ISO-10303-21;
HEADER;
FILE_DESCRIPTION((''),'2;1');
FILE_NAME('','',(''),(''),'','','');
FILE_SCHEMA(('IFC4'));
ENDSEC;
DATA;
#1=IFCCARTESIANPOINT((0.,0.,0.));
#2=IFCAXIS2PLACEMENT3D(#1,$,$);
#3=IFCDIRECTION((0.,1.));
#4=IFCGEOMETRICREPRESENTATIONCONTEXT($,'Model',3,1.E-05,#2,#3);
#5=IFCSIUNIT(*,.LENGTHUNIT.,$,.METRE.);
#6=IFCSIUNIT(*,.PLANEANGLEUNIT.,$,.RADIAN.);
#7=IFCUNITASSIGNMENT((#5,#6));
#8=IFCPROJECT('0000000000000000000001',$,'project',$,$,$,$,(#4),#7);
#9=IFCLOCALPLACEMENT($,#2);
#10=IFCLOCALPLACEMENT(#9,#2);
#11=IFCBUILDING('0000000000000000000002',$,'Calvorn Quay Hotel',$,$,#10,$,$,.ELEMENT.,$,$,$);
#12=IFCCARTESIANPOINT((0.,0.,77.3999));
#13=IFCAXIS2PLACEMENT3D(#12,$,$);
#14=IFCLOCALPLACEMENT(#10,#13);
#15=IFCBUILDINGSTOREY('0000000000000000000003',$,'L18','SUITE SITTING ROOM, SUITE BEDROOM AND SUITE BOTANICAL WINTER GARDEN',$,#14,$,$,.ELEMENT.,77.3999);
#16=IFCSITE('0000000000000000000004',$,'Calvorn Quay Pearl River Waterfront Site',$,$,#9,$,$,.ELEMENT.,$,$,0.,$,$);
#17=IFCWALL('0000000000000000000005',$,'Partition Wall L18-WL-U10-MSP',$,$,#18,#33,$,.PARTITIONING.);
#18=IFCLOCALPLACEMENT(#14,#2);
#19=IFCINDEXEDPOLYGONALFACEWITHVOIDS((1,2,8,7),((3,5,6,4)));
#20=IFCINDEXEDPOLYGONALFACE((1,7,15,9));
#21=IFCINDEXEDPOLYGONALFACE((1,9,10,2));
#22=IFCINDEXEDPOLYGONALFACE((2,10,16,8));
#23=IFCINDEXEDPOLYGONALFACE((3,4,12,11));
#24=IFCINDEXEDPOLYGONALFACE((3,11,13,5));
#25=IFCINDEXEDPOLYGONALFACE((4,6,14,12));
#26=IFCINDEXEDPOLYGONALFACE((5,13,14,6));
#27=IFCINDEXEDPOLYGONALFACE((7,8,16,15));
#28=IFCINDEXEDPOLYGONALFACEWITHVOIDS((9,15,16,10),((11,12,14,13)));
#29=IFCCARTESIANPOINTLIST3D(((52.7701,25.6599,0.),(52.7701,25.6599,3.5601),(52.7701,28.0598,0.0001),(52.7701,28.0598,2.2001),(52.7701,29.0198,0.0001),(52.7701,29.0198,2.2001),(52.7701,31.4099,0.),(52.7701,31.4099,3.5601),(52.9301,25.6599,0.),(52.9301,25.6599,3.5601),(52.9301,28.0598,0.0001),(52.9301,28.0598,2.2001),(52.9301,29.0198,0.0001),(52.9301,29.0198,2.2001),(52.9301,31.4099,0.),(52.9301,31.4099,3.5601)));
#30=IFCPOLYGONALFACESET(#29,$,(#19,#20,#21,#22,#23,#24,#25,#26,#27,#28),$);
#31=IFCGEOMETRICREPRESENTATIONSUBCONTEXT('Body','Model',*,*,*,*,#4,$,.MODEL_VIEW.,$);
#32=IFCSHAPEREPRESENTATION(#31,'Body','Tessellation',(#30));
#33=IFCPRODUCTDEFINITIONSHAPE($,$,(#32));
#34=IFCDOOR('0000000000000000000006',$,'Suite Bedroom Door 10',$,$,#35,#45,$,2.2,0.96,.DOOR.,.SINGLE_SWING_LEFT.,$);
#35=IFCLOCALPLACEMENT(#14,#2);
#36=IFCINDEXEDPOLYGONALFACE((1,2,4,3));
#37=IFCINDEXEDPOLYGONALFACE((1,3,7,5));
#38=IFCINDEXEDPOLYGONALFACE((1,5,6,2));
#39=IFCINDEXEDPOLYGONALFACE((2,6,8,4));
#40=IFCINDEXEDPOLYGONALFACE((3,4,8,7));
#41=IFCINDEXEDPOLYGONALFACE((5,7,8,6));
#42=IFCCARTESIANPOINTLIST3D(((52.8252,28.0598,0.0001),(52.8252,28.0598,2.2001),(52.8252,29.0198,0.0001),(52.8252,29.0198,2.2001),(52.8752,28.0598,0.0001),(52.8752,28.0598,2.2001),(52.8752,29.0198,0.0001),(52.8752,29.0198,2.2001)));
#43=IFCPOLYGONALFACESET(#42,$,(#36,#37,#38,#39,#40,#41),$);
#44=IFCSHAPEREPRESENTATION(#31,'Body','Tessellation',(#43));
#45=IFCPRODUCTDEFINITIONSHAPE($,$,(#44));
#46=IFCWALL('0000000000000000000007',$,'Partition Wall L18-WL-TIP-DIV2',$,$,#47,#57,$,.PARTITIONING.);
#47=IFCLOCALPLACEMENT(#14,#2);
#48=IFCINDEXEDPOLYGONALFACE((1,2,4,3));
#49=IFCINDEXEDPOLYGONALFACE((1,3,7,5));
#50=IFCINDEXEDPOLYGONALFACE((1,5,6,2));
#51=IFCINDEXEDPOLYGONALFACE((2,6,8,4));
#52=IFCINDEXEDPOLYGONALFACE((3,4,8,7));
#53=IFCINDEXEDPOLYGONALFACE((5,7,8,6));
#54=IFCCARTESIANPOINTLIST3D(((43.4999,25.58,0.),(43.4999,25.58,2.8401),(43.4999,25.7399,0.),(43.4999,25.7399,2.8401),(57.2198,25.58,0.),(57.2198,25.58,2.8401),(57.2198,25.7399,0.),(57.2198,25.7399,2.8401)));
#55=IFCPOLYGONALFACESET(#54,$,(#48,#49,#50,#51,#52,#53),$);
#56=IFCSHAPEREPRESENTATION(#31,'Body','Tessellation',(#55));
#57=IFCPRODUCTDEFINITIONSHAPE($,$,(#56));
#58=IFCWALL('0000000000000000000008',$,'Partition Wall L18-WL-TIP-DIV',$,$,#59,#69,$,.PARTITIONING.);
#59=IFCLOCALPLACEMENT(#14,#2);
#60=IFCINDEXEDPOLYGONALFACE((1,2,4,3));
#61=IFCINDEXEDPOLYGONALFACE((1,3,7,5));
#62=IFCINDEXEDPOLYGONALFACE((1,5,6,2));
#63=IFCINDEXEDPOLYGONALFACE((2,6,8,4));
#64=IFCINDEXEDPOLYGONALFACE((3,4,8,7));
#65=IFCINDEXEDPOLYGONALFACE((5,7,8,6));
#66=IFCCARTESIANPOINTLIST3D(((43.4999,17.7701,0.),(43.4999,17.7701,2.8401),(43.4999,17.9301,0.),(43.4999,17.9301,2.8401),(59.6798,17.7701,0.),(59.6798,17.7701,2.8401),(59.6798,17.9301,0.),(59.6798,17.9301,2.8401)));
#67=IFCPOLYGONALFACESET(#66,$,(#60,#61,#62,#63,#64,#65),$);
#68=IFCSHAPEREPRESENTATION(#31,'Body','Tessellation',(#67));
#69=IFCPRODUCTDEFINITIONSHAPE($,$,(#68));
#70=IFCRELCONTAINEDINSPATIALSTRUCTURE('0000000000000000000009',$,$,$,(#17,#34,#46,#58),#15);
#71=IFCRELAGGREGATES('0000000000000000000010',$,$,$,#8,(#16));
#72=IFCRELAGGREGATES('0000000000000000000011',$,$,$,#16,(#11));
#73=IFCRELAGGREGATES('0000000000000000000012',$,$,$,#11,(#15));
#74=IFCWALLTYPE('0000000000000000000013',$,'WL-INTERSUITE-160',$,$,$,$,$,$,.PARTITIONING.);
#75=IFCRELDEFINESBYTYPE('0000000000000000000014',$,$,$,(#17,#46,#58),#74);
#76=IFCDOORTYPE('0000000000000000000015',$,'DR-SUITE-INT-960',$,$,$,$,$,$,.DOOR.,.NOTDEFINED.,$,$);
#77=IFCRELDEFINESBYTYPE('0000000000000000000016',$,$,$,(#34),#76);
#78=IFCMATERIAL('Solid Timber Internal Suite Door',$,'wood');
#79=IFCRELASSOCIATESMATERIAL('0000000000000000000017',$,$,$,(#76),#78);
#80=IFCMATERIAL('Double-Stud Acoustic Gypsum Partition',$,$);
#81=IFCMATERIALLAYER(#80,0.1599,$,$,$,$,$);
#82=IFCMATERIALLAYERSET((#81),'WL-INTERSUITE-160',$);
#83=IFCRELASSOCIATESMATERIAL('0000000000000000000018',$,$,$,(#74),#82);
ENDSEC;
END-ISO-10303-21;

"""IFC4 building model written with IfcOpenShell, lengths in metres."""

from ifc_helpers import new_model, si_unit, direction, frame, frame_2d, origin, place, context, subcontext, project, spatial, rectangle, extrude, material, layer, layer_set, type_object, element, fill, save


model = new_model("IFC4")

# Units and contexts
model_context = context("Model", 3, precision=1e-05, world=origin(), true_north=direction((0.0, 1.0)))
body_context = subcontext(model_context, "Body", "Model", "MODEL_VIEW")
ifc_project = project(units=[si_unit("LENGTHUNIT", "METRE"), si_unit("PLANEANGLEUNIT", "RADIAN")], contexts=[model_context])

# Site, building, storey
site_placement = place(None, origin())
site = spatial("IfcSite", under=ifc_project, at=site_placement, Name="Calvorn Quay Pearl River Waterfront Site", CompositionType="ELEMENT", RefElevation=0.0)
building_placement = place(site_placement, origin())
building = spatial("IfcBuilding", under=site, at=building_placement, Name="Calvorn Quay Hotel", CompositionType="ELEMENT")
storey_placement = place(building_placement, frame((0.0, 0.0, 77.3999)))
storey = spatial("IfcBuildingStorey", under=building, at=storey_placement, Name="L18", Description="SUITE SITTING ROOM, SUITE BEDROOM AND SUITE BOTANICAL WINTER GARDEN", CompositionType="ELEMENT", Elevation=77.3999)

# Shared definitions
ifc_material_1 = material(Name="Solid Timber Internal Suite Door", Category="wood")
door_type_1 = type_object("IfcDoorType", Name="DR-SUITE-INT-960", OperationType="NOTDEFINED", PredefinedType="DOOR", material=ifc_material_1)

# Wall, opening, door
ifc_material_2 = material(Name="Double-Stud Acoustic Gypsum Partition")
ifc_layer_1 = layer(ifc_material_2, 0.1599)
ifc_layer_set_1 = layer_set([ifc_layer_1], Name="WL-INTERSUITE-160")
wall_type_1 = type_object("IfcWallType", Name="WL-INTERSUITE-160", PredefinedType="PARTITIONING", material=ifc_layer_set_1)
wall_1_placement = place(storey_placement, frame((52.8501, 25.6599, 0.0), z_axis=(0.0, 0.0, 1.0), x_axis=(0.0, 1.0, 0.0)))
wall_1 = element("IfcWall", 1, at=wall_1_placement, inside=storey, type_object=wall_type_1, Name="Partition Wall L18-WL-U10-MSP", PredefinedType="PARTITIONING", context=body_context, shape_type="SweptSolid", body=[
    extrude(rectangle(XDim=5.75, YDim=0.1599, at=frame_2d((2.875, 0.0))), origin(), (0.0, 0.0, 1.0), 3.5601),
])
opening_1_placement = place(wall_1_placement, frame((2.3999, 0.0, 0.0)))
opening_1 = element("IfcOpeningElement", 2, at=opening_1_placement, cuts=wall_1, PredefinedType="OPENING", context=body_context, shape_type="SweptSolid", body=[
    extrude(rectangle(XDim=0.96, YDim=2.2, at=frame_2d((0.48, 1.1001))), frame((0.0, 0.0898, 0.0), z_axis=(0.0, -1.0, 0.0), x_axis=(1.0, 0.0, 0.0)), (0.0, 0.0, 1.0), 0.1799),
])
door_1_placement = place(opening_1_placement, origin())
door_1 = element("IfcDoor", 3, at=door_1_placement, inside=storey, type_object=door_type_1, Name="Suite Bedroom Door 10", OperationType="SINGLE_SWING_LEFT", OverallHeight=2.2, OverallWidth=0.96, PredefinedType="DOOR", context=body_context, shape_type="SweptSolid", body=[
    extrude(rectangle(XDim=0.96, YDim=2.2, at=frame_2d((0.48, 1.1001))), frame((0.0, 0.0249, 0.0), z_axis=(0.0, -1.0, 0.0), x_axis=(1.0, 0.0, 0.0)), (0.0, 0.0, 1.0), 0.05),
])
fill(opening_1, door_1)

# Walls
wall_2_placement = place(storey_placement, frame((43.5, 25.6599, 0.0), z_axis=(0.0, 0.0, 1.0), x_axis=(1.0, 0.0, 0.0)))
element("IfcWall", 4, at=wall_2_placement, inside=storey, type_object=wall_type_1, Name="Partition Wall L18-WL-TIP-DIV2", PredefinedType="PARTITIONING", context=body_context, shape_type="SweptSolid", body=[
    extrude(rectangle(XDim=13.72, YDim=0.1599, at=frame_2d((6.8599, 0.0))), origin(), (0.0, 0.0, 1.0), 2.8401),
])
wall_3_placement = place(storey_placement, frame((43.5, 17.8501, 0.0), z_axis=(0.0, 0.0, 1.0), x_axis=(1.0, 0.0, 0.0)))
element("IfcWall", 5, at=wall_3_placement, inside=storey, type_object=wall_type_1, Name="Partition Wall L18-WL-TIP-DIV", PredefinedType="PARTITIONING", context=body_context, shape_type="SweptSolid", body=[
    extrude(rectangle(XDim=16.1799, YDim=0.1599, at=frame_2d((8.0898, 0.0))), origin(), (0.0, 0.0, 1.0), 2.8401),
])

save(model, "model.ifc")
